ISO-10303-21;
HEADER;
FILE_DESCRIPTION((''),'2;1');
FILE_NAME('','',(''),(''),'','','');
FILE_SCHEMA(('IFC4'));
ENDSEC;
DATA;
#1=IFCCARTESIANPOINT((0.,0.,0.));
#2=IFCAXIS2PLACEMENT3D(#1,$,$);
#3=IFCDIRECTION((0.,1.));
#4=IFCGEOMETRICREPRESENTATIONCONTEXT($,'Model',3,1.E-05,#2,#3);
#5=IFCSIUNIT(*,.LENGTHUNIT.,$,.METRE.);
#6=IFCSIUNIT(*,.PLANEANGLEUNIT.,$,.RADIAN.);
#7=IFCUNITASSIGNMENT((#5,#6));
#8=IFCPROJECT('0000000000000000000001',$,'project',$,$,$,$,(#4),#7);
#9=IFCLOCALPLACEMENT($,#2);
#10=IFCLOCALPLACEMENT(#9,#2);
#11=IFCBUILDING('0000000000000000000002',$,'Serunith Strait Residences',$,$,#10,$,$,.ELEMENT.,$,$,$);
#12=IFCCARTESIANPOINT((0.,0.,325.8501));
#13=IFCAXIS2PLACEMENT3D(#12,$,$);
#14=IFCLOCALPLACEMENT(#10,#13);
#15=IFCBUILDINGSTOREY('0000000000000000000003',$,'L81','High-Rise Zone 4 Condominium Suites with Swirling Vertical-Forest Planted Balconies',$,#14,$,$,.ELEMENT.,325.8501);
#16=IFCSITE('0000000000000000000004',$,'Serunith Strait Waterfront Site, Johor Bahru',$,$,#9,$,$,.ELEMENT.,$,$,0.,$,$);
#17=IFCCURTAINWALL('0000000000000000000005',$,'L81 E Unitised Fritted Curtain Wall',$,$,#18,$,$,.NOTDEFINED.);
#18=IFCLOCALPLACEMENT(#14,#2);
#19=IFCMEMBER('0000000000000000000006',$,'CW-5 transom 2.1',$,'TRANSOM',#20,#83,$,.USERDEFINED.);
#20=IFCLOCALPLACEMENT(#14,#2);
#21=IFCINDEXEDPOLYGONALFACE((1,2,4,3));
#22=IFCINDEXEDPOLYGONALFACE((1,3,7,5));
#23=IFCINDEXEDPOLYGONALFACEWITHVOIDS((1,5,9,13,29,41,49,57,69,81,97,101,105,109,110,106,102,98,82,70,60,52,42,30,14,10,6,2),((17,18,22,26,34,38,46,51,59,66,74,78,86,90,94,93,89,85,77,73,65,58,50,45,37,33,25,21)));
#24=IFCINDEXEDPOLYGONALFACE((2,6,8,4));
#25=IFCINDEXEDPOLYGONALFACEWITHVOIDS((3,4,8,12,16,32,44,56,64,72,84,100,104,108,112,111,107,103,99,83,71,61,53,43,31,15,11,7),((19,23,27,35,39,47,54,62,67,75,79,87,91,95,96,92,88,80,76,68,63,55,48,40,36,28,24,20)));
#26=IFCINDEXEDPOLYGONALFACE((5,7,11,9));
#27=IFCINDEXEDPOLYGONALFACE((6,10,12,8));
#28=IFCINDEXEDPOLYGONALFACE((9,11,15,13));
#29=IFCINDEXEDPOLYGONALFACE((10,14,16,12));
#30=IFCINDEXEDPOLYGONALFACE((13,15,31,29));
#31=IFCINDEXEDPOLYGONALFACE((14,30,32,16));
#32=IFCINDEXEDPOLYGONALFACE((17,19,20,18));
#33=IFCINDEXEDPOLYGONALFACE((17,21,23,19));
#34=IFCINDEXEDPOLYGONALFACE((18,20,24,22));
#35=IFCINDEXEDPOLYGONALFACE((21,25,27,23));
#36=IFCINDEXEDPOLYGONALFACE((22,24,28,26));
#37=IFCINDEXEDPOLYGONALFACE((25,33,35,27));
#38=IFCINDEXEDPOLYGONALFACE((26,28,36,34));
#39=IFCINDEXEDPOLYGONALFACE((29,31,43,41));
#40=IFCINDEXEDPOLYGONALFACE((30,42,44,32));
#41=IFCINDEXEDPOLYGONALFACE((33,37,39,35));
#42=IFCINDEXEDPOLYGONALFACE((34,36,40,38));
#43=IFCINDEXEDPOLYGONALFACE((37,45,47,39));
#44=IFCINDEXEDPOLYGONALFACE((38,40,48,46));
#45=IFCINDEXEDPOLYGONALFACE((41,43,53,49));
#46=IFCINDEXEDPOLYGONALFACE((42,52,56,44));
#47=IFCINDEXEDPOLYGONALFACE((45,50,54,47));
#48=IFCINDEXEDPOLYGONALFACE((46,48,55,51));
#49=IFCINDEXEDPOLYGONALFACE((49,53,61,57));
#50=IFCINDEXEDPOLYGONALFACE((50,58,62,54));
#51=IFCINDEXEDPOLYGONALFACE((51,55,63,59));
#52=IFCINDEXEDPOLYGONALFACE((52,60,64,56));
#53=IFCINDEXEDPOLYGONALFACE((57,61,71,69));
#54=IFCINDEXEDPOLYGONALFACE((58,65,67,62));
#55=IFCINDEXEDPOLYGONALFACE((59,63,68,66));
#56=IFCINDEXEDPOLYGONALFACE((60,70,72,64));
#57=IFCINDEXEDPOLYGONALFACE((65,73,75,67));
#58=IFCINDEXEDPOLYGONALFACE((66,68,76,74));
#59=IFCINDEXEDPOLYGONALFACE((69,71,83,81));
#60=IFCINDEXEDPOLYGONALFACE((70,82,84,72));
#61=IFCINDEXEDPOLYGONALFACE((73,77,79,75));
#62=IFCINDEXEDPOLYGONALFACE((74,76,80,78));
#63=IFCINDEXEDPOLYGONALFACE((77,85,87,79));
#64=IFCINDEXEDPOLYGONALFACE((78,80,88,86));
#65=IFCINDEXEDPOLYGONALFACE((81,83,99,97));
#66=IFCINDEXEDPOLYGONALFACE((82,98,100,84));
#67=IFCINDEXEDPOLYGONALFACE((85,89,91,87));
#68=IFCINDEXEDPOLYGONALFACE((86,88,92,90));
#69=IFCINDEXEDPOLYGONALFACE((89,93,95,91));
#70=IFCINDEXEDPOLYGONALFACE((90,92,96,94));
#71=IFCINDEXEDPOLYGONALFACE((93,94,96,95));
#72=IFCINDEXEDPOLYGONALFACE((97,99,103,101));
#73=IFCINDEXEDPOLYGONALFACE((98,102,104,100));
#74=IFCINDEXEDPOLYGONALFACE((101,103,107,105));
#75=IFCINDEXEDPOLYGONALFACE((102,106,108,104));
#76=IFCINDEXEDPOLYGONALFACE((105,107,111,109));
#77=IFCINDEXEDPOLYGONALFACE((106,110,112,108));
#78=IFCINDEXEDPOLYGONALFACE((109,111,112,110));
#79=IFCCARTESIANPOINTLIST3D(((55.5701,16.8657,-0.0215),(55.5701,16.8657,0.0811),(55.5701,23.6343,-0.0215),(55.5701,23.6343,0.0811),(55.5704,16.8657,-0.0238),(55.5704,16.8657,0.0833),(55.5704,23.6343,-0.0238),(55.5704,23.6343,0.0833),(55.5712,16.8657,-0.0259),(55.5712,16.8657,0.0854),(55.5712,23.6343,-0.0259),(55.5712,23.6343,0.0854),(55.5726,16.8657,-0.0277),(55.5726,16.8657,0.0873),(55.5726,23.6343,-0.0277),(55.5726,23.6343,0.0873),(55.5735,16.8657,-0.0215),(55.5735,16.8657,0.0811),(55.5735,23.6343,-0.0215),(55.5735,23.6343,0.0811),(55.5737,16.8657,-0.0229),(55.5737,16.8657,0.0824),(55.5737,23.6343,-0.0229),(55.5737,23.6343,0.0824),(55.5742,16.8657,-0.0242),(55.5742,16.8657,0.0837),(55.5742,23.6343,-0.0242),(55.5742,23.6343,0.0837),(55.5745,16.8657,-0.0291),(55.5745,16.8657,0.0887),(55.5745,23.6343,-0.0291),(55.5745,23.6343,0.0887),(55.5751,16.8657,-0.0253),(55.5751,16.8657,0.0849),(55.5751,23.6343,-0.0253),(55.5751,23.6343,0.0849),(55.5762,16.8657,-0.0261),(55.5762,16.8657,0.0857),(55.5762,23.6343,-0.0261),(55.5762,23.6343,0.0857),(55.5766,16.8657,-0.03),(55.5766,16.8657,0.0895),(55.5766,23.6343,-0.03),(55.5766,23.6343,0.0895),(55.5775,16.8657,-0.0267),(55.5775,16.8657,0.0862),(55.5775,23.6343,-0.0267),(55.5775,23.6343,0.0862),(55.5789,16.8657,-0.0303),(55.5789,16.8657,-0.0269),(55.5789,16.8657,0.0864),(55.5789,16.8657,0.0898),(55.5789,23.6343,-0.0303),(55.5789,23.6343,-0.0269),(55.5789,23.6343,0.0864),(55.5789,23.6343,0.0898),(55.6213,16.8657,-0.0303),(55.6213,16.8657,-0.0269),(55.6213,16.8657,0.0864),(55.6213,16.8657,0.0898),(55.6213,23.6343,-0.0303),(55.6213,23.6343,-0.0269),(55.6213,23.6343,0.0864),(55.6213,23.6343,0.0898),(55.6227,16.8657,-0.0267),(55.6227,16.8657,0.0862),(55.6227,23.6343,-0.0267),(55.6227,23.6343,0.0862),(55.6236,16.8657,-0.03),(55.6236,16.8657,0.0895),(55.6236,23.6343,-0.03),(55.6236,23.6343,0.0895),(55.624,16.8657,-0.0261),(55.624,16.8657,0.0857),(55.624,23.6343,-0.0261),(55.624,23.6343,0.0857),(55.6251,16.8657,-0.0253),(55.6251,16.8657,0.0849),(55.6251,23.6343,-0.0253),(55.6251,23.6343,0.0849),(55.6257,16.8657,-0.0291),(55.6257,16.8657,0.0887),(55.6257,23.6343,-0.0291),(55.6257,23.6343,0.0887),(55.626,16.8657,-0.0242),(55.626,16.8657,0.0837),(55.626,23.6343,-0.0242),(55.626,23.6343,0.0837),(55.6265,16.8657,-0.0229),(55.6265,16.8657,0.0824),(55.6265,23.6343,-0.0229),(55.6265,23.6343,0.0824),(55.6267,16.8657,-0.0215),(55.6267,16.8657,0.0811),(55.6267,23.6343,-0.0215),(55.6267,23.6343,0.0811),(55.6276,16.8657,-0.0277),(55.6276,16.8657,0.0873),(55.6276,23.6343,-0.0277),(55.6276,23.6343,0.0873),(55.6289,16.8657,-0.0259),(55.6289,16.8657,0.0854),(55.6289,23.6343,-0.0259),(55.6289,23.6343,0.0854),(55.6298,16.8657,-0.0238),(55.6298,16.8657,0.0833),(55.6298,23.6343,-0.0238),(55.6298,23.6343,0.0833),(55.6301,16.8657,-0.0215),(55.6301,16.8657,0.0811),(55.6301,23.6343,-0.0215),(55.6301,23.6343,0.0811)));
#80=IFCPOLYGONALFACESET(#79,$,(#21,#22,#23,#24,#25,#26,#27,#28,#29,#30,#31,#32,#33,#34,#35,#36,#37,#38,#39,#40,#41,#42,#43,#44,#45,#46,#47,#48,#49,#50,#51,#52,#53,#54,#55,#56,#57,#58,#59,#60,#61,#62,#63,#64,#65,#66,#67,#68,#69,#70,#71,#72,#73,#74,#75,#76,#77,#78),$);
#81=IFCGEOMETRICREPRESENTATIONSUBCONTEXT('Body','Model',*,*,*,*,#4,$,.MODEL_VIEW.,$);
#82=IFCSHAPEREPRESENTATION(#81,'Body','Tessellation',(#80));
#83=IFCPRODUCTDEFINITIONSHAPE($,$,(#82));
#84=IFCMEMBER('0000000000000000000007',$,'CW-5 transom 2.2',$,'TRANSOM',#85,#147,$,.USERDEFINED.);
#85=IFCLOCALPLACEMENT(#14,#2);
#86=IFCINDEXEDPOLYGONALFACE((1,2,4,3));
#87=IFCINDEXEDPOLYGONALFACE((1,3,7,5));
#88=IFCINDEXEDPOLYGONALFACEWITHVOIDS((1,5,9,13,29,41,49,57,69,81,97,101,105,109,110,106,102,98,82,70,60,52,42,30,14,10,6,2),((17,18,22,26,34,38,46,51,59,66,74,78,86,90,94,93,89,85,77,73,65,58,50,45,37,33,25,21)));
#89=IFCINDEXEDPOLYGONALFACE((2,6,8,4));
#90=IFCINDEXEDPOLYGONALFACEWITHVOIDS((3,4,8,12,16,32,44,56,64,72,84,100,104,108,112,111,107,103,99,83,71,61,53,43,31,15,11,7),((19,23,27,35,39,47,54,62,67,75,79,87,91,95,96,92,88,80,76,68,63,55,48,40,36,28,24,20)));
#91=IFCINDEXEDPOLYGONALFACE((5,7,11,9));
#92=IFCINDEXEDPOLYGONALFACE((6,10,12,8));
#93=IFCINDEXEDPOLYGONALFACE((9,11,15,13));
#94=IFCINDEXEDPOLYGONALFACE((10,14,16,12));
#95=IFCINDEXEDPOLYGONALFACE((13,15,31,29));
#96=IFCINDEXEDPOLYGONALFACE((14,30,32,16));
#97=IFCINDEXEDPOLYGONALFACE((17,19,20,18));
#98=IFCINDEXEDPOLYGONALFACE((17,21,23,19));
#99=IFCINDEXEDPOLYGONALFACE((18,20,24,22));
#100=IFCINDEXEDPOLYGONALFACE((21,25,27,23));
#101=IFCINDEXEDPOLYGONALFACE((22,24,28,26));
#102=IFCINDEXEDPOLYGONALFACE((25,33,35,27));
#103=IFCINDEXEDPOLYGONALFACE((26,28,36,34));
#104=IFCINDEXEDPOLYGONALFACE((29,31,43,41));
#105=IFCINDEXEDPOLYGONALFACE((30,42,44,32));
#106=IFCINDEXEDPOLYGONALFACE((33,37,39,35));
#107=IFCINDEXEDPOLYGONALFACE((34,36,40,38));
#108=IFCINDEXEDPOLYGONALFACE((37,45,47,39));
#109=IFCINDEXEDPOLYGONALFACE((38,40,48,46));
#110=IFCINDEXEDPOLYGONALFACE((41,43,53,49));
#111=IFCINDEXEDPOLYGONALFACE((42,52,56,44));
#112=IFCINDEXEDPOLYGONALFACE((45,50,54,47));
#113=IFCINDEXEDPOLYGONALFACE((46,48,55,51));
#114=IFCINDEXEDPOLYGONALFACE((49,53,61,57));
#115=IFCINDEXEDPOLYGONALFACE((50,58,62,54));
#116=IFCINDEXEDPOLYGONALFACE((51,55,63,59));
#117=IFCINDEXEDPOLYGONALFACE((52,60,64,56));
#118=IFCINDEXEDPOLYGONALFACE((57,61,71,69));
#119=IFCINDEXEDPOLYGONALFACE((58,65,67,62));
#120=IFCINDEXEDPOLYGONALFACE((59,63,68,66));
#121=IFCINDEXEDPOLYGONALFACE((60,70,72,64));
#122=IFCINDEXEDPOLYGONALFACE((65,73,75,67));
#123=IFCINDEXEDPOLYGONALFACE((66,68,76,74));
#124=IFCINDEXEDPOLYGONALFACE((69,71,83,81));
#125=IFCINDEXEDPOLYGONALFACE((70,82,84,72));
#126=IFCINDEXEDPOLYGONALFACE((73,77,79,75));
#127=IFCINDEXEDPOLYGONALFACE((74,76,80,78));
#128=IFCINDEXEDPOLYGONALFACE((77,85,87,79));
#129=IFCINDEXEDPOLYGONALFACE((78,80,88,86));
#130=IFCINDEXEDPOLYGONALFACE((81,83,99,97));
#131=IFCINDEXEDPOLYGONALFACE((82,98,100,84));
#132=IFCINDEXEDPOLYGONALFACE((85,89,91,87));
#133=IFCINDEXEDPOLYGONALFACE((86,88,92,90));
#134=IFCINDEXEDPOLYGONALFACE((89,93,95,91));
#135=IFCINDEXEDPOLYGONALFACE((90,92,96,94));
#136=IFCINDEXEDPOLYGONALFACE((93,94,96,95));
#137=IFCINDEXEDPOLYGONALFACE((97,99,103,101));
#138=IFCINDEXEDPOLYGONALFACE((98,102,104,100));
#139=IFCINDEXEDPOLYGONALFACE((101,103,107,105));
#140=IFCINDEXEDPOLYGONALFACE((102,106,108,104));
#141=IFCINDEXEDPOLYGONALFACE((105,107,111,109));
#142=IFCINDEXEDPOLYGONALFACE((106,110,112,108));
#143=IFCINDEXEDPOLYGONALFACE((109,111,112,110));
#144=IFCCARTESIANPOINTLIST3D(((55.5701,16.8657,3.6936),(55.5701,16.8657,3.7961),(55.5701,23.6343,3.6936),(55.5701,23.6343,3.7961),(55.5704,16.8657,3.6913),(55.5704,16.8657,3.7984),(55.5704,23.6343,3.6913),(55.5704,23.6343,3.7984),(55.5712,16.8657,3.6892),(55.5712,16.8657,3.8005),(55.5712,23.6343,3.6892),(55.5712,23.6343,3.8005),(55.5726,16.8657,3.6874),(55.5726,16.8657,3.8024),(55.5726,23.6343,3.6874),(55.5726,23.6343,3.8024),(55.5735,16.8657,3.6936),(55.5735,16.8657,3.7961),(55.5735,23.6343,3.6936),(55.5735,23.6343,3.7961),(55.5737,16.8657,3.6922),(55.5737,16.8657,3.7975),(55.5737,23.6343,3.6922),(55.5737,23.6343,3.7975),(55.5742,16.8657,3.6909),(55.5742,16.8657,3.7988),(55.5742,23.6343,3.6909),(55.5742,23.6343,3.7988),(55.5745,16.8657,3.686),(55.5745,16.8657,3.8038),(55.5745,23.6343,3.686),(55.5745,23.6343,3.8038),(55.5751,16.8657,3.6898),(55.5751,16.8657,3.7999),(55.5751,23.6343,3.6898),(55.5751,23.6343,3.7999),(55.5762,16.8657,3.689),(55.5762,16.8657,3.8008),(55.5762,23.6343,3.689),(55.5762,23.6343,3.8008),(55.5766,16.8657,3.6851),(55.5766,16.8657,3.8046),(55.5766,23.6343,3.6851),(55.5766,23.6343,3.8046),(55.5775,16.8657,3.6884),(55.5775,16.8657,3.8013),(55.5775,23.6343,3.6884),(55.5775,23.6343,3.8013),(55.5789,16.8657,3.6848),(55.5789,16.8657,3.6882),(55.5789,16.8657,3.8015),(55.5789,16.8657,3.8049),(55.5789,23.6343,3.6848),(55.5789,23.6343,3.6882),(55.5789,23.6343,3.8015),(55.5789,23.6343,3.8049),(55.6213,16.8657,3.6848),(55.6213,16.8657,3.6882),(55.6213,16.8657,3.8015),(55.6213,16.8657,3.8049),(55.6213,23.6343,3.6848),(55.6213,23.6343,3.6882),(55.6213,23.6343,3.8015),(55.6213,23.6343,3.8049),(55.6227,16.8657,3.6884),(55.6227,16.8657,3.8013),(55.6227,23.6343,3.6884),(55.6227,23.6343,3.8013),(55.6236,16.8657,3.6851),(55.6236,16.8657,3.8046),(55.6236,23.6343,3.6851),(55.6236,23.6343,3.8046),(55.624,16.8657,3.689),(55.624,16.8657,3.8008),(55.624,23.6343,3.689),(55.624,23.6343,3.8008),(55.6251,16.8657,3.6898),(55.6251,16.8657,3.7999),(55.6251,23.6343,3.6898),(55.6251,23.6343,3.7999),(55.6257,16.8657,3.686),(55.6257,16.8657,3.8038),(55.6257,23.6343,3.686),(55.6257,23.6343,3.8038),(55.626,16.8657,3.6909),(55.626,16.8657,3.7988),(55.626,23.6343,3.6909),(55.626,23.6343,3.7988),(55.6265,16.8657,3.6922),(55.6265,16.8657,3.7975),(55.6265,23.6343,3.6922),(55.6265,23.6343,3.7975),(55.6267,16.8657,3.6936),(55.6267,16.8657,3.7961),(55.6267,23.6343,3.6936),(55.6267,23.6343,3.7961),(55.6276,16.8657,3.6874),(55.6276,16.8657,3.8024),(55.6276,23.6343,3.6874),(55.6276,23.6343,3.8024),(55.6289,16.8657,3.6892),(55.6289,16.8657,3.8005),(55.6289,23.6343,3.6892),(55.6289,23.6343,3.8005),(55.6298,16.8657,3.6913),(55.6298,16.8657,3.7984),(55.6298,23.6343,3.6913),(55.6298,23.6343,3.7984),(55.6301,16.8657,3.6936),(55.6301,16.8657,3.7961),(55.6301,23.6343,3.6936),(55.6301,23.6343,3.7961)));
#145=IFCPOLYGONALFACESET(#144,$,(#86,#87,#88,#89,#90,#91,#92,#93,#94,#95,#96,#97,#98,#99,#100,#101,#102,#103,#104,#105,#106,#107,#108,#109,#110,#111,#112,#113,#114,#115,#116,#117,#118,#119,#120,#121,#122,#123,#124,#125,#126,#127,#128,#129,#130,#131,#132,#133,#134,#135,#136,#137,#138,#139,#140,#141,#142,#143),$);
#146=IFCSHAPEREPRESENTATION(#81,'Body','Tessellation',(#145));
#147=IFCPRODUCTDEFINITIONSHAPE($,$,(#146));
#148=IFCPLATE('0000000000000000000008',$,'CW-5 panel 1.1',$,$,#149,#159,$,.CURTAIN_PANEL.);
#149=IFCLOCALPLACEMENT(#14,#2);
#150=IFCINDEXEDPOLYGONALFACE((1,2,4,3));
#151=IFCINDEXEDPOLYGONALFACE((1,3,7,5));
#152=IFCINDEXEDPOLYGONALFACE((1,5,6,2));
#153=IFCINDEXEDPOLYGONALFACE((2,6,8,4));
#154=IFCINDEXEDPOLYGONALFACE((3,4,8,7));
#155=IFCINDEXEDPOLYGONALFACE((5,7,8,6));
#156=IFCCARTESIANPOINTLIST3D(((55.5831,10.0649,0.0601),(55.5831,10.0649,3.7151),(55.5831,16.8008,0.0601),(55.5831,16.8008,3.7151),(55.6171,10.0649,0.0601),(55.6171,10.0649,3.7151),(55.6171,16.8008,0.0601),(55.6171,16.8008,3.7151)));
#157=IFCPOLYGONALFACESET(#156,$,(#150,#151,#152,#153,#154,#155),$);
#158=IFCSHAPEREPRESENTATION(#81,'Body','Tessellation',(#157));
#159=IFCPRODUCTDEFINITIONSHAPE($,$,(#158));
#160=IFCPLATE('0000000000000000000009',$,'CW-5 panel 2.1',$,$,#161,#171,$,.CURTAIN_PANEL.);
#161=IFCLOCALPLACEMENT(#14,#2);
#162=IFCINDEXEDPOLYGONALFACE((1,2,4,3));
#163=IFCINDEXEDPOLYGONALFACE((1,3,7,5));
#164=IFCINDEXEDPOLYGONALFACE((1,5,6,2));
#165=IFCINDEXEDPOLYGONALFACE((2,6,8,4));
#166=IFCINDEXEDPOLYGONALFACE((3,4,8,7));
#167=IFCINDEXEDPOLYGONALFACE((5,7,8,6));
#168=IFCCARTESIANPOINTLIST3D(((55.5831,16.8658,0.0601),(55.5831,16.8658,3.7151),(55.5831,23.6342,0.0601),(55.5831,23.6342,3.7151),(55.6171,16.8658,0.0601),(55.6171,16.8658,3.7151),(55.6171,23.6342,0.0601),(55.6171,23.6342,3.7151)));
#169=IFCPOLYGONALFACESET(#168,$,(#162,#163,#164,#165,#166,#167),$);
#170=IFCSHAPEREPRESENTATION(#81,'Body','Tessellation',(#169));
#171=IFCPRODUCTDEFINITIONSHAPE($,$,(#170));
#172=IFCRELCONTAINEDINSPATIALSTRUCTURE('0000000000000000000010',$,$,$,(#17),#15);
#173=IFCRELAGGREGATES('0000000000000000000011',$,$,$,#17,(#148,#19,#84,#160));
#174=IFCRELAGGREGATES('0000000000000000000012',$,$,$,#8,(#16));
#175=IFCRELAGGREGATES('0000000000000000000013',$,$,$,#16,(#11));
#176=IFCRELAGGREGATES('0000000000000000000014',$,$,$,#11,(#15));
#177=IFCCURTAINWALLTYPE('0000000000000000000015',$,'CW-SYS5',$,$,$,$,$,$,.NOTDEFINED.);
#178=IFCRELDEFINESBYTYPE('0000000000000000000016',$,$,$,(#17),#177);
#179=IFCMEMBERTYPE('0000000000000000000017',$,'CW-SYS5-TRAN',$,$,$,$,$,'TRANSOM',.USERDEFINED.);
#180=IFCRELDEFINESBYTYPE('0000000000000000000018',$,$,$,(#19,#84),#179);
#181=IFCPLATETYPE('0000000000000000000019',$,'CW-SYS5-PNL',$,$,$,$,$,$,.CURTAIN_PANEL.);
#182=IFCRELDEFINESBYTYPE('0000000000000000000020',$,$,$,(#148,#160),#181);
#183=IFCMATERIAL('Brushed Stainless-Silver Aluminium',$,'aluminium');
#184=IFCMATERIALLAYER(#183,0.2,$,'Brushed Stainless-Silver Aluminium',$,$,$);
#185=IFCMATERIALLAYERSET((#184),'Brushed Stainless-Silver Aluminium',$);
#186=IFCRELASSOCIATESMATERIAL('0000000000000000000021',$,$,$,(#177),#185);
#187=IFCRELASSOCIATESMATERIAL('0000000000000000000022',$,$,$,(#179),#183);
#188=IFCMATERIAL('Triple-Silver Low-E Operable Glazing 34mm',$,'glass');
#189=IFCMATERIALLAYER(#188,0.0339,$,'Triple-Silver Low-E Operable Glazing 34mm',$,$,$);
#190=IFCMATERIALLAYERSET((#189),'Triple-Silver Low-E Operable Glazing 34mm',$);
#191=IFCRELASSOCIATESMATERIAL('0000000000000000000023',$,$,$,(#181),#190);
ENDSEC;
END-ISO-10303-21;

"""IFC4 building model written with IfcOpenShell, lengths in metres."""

from ifc_helpers import new_model, si_unit, direction, frame, origin, origin_2d, place, context, subcontext, project, spatial, rectangle, hollow_rectangle, extrude, source, transform, mapped, material, layer, layer_set, material_profile, profile_set, type_object, element, aggregate, save


model = new_model("IFC4")

# Units and contexts
model_context = context("Model", 3, precision=1e-05, world=origin(), true_north=direction((0.0, 1.0)))
body_context = subcontext(model_context, "Body", "Model", "MODEL_VIEW")
ifc_project = project(units=[si_unit("LENGTHUNIT", "METRE"), si_unit("PLANEANGLEUNIT", "RADIAN")], contexts=[model_context])

# Site, building, storey
site_placement = place(None, origin())
site = spatial("IfcSite", under=ifc_project, at=site_placement, Name="Serunith Strait Waterfront Site, Johor Bahru", CompositionType="ELEMENT", RefElevation=0.0)
building_placement = place(site_placement, origin())
building = spatial("IfcBuilding", under=site, at=building_placement, Name="Serunith Strait Residences", CompositionType="ELEMENT")
storey_placement = place(building_placement, frame((0.0, 0.0, 325.8501)))
storey = spatial("IfcBuildingStorey", under=building, at=storey_placement, Name="L81", Description="High-Rise Zone 4 Condominium Suites with Swirling Vertical-Forest Planted Balconies", CompositionType="ELEMENT", Elevation=325.8501)

# Curtain wall, members, plates
ifc_material_1 = material(Name="Brushed Stainless-Silver Aluminium", Category="aluminium")
ifc_layer_1 = layer(ifc_material_1, 0.2, Name="Brushed Stainless-Silver Aluminium")
ifc_layer_set_1 = layer_set([ifc_layer_1], Name="Brushed Stainless-Silver Aluminium")
curtain_wall_type = type_object("IfcCurtainWallType", Name="CW-SYS5", PredefinedType="NOTDEFINED", material=ifc_layer_set_1)
curtain_wall_placement = place(storey_placement, origin())
curtain_wall = element("IfcCurtainWall", 1, at=curtain_wall_placement, inside=storey, type_object=curtain_wall_type, Name="L81 E Unitised Fritted Curtain Wall", PredefinedType="NOTDEFINED")
ifc_material_profile_1 = material_profile(ifc_material_1, hollow_rectangle(XDim=0.0601, YDim=0.1201, WallThickness=0.0034, InnerFilletRadius=0.0054, OuterFilletRadius=0.0088, at=origin_2d()), Name="ALU 120x60x3.5")
ifc_profile_set_1 = profile_set([ifc_material_profile_1], Name="Brushed Stainless-Silver Aluminium")
member_type_1 = type_object("IfcMemberType", Name="CW-SYS5-TRAN", ElementType="TRANSOM", PredefinedType="USERDEFINED", material=ifc_profile_set_1)
shared_shape_1 = source(origin(), body_context, "Body", "SweptSolid", [
    extrude(hollow_rectangle(XDim=0.0601, YDim=0.1201, WallThickness=0.0034, InnerFilletRadius=0.0054, OuterFilletRadius=0.0088, at=origin_2d()), origin(), (0.0, 0.0, 1.0), 6.7686),
])
member_1_placement = place(storey_placement, frame((55.6001, 16.8657, 0.0298), z_axis=(0.0, 1.0, 0.0), x_axis=(-1.0, 0.0, 0.0)))
member_1 = element("IfcMember", 2, at=member_1_placement, type_object=member_type_1, Name="CW-5 transom 2.1", ObjectType="TRANSOM", PredefinedType="USERDEFINED", context=body_context, shape_type="MappedRepresentation", body=[
    mapped(shared_shape_1, transform((0.0, 0.0, 0.0), scale=1.0)),
])
member_2_placement = place(storey_placement, frame((55.6001, 16.8657, 3.7449), z_axis=(0.0, 1.0, 0.0), x_axis=(-1.0, 0.0, 0.0)))
member_2 = element("IfcMember", 3, at=member_2_placement, type_object=member_type_1, Name="CW-5 transom 2.2", ObjectType="TRANSOM", PredefinedType="USERDEFINED", context=body_context, shape_type="MappedRepresentation", body=[
    mapped(shared_shape_1, transform((0.0, 0.0, 0.0), scale=1.0)),
])
ifc_material_2 = material(Name="Triple-Silver Low-E Operable Glazing 34mm", Category="glass")
ifc_layer_2 = layer(ifc_material_2, 0.0339, Name="Triple-Silver Low-E Operable Glazing 34mm")
ifc_layer_set_2 = layer_set([ifc_layer_2], Name="Triple-Silver Low-E Operable Glazing 34mm")
plate_type = type_object("IfcPlateType", Name="CW-SYS5-PNL", PredefinedType="CURTAIN_PANEL", material=ifc_layer_set_2)
shared_shape_2 = source(origin(), body_context, "Body", "SweptSolid", [
    extrude(rectangle(XDim=6.7358, YDim=0.0339, at=origin_2d()), origin(), (0.0, 0.0, 1.0), 3.655),
])
plate_1_placement = place(storey_placement, frame((55.6001, 13.4329, 0.0601), z_axis=(0.0, 0.0, 1.0), x_axis=(0.0, 1.0, 0.0)))
plate_1 = element("IfcPlate", 4, at=plate_1_placement, type_object=plate_type, Name="CW-5 panel 1.1", PredefinedType="CURTAIN_PANEL", context=body_context, shape_type="MappedRepresentation", body=[
    mapped(shared_shape_2, transform((0.0, 0.0, 0.0), scale=1.0)),
])
shared_shape_3 = source(origin(), body_context, "Body", "SweptSolid", [
    extrude(rectangle(XDim=6.7683, YDim=0.0339, at=origin_2d()), origin(), (0.0, 0.0, 1.0), 3.655),
])
plate_2_placement = place(storey_placement, frame((55.6001, 20.25, 0.0601), z_axis=(0.0, 0.0, 1.0), x_axis=(0.0, 1.0, 0.0)))
plate_2 = element("IfcPlate", 5, at=plate_2_placement, type_object=plate_type, Name="CW-5 panel 2.1", PredefinedType="CURTAIN_PANEL", context=body_context, shape_type="MappedRepresentation", body=[
    mapped(shared_shape_3, transform((0.0, 0.0, 0.0), scale=1.0)),
])
aggregate(curtain_wall, [plate_1, member_1, member_2, plate_2])

save(model, "model.ifc")
